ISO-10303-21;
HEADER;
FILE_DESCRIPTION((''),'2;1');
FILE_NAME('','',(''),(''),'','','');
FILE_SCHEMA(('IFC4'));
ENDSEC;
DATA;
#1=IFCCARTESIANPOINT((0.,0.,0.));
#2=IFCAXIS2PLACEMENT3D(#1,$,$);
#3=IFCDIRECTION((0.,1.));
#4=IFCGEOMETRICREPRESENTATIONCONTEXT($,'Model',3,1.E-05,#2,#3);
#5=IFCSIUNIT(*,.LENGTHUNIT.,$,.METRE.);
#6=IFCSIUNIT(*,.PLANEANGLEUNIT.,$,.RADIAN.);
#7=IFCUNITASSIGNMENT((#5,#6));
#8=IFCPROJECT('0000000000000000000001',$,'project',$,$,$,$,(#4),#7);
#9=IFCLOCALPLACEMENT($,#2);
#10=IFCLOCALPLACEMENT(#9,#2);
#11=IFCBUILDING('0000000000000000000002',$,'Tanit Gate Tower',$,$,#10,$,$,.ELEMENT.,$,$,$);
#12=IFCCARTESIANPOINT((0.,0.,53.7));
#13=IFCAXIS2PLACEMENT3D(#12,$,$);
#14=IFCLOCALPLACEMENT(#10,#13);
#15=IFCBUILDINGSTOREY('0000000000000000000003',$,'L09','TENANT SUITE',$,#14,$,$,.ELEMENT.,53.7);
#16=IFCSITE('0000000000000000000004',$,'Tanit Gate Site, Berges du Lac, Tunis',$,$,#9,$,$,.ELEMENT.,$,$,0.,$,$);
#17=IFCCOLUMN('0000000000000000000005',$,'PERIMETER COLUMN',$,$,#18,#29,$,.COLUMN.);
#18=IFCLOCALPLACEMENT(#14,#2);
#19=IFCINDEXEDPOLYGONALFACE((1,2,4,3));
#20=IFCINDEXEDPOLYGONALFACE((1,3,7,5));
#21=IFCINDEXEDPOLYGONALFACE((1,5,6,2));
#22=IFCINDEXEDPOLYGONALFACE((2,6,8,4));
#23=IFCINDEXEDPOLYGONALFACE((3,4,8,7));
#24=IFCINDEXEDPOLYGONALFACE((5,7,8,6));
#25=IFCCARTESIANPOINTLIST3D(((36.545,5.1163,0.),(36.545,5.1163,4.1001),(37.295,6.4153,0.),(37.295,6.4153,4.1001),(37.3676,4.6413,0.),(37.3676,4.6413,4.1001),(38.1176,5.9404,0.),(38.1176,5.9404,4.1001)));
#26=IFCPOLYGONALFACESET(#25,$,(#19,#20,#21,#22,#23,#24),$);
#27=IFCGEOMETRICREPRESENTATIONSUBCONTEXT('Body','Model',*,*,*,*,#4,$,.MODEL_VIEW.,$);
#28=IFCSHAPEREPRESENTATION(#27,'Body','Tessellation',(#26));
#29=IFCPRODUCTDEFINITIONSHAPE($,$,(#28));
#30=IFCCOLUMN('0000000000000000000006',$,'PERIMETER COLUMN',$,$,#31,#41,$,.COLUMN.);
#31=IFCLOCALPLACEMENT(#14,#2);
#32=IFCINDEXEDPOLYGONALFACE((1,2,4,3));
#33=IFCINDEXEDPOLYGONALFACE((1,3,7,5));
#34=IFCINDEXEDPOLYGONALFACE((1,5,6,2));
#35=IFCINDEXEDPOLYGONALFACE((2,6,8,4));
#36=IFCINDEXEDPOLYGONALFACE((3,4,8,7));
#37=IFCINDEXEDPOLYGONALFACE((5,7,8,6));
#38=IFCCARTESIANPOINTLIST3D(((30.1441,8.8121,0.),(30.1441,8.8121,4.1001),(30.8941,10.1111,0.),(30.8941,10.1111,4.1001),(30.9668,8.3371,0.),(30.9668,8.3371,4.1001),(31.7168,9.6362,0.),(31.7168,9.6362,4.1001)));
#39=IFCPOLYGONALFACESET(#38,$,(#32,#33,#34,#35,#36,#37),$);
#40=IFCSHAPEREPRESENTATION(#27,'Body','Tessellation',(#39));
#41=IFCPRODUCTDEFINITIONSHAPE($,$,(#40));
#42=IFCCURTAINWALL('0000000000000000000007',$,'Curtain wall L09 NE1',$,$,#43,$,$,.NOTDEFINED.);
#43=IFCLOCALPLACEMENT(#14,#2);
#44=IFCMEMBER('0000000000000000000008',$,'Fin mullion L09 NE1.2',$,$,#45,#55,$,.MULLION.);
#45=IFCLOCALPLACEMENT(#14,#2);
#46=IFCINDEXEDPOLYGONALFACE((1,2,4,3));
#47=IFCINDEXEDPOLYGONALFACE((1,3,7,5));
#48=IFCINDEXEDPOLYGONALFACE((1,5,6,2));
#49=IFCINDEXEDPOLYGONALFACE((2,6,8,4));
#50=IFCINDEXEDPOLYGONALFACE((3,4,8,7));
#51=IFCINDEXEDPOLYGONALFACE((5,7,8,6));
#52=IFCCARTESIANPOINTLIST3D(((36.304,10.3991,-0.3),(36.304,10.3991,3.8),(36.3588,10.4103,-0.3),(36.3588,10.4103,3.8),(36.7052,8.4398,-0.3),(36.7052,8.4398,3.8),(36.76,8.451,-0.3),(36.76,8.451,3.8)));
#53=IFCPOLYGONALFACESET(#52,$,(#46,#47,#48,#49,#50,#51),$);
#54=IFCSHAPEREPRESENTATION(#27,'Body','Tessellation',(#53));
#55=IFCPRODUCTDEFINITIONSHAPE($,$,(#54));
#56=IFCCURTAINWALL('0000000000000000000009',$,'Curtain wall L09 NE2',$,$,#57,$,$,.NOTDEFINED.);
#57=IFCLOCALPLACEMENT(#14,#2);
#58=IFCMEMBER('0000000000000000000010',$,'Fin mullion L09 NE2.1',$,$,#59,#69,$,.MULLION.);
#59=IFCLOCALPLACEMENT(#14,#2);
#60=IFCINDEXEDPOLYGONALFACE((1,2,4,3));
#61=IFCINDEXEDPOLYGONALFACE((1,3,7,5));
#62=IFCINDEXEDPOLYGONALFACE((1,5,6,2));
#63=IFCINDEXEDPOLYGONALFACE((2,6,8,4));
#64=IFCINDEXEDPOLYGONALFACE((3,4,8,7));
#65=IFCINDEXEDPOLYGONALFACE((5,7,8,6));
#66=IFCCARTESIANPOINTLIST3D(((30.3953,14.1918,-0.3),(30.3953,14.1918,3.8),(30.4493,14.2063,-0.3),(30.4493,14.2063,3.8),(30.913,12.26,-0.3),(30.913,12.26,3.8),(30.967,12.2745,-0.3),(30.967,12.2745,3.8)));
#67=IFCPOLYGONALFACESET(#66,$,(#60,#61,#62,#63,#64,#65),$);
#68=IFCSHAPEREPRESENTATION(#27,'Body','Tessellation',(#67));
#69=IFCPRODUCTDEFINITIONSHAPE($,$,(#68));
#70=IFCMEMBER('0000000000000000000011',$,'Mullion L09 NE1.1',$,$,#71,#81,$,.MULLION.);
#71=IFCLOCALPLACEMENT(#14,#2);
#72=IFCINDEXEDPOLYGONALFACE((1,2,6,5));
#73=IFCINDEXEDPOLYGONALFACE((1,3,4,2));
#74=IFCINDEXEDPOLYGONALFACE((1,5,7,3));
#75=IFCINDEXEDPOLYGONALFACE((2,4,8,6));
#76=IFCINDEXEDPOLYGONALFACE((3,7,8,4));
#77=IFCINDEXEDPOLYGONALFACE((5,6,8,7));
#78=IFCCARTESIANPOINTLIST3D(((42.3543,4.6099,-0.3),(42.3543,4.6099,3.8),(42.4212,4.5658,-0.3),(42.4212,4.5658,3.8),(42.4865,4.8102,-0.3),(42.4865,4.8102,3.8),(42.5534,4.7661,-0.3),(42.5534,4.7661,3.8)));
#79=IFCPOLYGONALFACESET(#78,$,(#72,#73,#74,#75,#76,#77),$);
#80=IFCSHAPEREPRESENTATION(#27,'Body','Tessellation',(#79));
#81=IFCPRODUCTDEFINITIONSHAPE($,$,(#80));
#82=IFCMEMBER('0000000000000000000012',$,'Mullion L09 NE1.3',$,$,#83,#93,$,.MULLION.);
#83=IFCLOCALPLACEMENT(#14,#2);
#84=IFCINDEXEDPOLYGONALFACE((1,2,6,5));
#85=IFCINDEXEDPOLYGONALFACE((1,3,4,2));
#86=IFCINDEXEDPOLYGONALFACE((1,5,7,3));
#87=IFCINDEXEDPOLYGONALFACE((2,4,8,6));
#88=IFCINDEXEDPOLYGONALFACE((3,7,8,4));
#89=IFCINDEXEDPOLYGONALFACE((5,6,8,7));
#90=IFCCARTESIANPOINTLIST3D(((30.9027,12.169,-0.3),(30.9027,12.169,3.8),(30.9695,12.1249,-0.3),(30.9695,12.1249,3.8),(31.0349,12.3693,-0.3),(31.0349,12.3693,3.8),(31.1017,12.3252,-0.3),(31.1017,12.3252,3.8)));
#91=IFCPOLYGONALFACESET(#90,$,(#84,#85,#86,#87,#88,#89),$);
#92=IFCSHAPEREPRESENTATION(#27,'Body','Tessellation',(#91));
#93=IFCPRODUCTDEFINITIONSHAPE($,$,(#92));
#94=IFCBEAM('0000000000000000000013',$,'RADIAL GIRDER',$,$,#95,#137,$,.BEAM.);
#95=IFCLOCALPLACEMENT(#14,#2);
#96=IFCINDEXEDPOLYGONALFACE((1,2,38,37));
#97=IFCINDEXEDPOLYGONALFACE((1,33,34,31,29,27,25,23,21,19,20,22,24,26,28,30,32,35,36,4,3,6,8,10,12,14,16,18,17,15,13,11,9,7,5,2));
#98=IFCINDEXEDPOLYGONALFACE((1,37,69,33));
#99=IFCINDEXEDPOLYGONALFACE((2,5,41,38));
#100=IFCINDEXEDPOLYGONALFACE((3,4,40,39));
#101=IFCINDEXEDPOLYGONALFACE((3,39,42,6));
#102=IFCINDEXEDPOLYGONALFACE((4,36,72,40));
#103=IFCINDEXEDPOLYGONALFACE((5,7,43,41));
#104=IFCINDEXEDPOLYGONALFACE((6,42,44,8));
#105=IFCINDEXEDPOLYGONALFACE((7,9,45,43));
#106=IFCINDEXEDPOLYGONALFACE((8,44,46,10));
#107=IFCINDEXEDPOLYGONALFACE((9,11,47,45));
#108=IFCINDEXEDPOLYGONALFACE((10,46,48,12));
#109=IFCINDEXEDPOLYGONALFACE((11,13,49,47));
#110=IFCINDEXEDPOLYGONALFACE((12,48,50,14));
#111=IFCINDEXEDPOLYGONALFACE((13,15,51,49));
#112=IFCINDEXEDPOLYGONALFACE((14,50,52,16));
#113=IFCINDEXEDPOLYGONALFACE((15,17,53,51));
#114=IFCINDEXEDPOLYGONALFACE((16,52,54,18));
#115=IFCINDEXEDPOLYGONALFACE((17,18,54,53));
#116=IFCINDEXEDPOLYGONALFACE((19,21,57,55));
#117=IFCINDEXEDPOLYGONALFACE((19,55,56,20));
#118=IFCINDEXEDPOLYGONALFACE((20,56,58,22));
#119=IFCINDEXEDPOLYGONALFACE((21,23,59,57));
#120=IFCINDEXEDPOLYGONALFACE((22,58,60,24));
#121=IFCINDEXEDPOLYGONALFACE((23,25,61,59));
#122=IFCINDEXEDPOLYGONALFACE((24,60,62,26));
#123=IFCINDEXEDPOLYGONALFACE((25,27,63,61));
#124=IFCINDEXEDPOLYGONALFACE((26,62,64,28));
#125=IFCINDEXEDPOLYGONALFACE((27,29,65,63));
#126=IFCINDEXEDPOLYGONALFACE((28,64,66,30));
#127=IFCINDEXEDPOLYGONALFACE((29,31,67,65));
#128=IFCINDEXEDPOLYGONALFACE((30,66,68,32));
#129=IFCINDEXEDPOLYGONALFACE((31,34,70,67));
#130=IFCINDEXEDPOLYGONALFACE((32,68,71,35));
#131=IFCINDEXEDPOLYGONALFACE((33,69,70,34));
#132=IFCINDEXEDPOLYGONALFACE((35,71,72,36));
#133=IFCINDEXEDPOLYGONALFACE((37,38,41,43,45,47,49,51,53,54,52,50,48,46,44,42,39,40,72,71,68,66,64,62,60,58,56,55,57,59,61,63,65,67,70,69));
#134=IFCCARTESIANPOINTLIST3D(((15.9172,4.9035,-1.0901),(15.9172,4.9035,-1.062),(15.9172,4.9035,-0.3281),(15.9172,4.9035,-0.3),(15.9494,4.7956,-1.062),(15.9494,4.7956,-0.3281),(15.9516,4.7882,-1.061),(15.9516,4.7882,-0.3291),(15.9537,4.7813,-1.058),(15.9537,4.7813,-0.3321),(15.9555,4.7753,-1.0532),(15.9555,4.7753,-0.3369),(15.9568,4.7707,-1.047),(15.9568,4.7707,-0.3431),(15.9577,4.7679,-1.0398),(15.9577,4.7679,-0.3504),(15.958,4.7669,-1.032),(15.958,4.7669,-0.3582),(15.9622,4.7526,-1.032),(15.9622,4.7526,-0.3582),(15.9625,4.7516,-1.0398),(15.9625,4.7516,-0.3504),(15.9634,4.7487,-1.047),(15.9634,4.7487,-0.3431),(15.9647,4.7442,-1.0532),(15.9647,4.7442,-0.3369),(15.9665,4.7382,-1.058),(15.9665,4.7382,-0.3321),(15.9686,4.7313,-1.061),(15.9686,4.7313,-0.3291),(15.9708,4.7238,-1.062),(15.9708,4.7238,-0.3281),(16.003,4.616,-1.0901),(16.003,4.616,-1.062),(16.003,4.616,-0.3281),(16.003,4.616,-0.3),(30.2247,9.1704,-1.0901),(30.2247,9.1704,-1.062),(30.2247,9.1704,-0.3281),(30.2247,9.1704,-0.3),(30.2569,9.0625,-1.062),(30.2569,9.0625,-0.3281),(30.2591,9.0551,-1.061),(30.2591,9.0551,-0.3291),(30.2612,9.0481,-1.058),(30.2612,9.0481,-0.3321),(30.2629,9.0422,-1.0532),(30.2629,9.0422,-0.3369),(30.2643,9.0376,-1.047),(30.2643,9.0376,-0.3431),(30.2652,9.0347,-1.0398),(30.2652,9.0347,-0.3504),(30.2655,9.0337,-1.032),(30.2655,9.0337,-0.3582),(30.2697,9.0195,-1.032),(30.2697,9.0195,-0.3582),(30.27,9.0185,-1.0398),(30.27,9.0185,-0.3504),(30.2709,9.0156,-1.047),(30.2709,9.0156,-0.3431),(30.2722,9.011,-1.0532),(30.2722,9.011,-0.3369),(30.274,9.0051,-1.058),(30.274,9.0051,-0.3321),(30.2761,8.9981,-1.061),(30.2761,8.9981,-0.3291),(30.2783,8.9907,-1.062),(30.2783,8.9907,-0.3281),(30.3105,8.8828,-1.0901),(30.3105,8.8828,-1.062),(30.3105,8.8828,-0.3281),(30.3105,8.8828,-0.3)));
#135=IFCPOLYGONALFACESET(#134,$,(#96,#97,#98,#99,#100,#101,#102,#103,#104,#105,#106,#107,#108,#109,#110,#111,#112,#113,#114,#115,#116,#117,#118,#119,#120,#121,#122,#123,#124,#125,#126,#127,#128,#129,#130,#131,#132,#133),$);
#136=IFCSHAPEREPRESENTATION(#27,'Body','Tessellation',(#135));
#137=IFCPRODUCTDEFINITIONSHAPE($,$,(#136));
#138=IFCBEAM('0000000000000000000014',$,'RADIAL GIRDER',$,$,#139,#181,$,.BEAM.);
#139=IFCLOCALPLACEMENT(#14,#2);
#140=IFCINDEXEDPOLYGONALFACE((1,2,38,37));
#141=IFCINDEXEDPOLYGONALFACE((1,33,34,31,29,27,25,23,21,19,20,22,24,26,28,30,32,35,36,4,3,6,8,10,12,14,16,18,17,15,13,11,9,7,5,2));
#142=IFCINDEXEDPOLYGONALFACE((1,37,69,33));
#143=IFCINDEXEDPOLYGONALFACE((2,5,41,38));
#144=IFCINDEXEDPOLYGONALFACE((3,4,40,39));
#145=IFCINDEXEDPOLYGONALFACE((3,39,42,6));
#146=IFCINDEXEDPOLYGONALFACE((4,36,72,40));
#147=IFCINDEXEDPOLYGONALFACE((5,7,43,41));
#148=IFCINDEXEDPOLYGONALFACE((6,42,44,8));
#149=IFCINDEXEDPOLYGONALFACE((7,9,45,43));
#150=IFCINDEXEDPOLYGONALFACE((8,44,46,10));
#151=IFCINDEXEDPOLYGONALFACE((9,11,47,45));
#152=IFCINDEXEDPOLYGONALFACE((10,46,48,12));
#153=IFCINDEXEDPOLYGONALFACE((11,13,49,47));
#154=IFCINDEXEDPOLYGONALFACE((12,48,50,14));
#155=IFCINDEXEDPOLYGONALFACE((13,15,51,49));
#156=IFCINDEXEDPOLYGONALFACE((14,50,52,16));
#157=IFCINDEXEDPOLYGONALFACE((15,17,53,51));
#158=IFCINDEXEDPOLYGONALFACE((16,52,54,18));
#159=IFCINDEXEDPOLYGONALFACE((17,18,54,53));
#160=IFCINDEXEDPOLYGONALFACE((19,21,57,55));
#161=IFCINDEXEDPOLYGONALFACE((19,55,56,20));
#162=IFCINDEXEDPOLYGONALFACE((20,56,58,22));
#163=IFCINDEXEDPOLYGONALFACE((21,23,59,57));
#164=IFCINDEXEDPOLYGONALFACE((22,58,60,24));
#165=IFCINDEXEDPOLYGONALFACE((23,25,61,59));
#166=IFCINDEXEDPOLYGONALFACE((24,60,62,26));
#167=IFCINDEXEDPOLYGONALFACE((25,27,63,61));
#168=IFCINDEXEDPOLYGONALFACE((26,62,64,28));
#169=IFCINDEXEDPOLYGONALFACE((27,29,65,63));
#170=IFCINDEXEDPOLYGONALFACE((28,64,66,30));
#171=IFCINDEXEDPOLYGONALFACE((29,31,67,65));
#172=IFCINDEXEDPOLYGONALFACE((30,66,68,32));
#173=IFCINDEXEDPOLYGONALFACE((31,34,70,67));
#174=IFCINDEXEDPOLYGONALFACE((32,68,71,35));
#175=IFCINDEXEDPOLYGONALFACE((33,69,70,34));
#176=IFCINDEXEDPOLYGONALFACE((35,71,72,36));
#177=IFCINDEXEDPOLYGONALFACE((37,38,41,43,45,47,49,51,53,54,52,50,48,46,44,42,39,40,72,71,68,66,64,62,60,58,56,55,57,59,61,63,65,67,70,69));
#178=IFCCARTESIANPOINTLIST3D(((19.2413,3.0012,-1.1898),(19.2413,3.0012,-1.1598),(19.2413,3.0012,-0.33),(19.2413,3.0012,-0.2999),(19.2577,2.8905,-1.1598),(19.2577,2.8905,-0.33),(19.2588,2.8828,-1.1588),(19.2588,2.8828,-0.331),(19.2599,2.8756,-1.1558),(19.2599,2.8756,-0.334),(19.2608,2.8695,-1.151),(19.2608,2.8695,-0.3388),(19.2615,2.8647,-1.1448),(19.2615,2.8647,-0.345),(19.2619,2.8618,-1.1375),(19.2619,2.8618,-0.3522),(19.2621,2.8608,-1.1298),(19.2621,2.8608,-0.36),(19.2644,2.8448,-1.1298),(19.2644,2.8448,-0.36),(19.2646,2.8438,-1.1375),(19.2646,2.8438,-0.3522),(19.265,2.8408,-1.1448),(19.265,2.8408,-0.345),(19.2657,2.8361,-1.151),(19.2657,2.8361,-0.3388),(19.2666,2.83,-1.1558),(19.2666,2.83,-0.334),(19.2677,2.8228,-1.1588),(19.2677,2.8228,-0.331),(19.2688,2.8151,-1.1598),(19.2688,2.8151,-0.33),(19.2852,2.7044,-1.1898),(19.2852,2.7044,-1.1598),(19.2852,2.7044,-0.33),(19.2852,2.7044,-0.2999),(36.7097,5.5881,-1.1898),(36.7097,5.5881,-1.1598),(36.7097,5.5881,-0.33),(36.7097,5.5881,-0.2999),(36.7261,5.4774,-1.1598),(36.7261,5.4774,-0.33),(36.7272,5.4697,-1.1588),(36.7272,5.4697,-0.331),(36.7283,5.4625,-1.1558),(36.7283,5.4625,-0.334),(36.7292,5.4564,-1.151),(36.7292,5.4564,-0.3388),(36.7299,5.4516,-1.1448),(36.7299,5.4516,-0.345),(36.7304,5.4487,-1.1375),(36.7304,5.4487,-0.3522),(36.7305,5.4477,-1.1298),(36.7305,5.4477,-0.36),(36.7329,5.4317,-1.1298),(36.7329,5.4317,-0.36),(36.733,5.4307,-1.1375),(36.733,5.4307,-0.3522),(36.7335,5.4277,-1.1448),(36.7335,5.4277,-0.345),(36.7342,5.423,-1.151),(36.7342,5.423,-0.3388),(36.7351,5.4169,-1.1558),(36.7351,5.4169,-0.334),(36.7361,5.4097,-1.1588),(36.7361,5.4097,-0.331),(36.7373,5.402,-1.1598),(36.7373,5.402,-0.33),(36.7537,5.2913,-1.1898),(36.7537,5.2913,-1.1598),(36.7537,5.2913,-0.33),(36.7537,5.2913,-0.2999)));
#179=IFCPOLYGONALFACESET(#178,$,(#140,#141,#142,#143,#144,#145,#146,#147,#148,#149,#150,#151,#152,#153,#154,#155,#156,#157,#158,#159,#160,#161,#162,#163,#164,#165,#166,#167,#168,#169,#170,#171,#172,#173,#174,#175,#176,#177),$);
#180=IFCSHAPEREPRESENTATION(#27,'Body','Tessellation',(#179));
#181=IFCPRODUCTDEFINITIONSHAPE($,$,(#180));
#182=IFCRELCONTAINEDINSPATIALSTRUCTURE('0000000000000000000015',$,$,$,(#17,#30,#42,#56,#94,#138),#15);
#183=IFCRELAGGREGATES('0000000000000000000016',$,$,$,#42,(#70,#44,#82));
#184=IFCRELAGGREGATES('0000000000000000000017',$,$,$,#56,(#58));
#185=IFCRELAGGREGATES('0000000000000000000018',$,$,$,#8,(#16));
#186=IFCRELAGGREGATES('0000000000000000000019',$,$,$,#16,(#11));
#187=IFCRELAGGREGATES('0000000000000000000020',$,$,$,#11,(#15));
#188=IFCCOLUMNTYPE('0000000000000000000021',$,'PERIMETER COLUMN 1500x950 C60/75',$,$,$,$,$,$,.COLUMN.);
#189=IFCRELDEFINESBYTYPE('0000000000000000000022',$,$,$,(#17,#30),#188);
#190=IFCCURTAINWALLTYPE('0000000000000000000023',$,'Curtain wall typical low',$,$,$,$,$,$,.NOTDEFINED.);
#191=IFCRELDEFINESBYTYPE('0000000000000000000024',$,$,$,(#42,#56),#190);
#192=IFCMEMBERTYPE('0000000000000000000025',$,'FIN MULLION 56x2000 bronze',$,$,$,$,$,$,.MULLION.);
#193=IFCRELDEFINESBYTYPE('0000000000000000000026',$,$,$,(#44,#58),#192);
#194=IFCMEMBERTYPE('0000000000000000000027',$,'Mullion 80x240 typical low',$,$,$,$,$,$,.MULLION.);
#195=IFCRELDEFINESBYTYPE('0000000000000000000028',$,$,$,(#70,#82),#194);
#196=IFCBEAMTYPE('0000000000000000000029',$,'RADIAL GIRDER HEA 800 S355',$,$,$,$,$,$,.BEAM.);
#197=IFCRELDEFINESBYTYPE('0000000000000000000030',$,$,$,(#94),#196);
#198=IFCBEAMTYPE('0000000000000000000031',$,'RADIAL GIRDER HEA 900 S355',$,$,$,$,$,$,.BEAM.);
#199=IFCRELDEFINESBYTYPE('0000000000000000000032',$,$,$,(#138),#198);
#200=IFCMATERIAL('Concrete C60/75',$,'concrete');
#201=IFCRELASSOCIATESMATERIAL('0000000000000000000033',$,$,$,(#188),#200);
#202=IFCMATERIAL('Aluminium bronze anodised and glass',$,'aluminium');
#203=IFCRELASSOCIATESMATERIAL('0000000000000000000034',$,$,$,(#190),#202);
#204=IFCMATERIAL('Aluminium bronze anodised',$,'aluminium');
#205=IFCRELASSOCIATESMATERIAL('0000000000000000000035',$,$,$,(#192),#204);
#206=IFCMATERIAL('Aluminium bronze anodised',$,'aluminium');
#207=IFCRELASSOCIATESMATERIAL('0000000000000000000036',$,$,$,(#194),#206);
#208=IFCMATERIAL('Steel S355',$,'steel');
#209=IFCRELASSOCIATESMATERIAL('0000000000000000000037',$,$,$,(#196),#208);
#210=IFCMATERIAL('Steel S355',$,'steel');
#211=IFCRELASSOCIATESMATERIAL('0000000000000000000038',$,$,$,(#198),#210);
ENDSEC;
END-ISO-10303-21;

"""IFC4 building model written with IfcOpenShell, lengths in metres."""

from ifc_helpers import new_model, si_unit, direction, frame, origin, origin_2d, place, context, subcontext, project, spatial, rectangle, i_section, extrude, material, material_profile, profile_set, type_object, element, aggregate, save


model = new_model("IFC4")

# Units and contexts
model_context = context("Model", 3, precision=1e-05, world=origin(), true_north=direction((0.0, 1.0)))
body_context = subcontext(model_context, "Body", "Model", "MODEL_VIEW")
ifc_project = project(units=[si_unit("LENGTHUNIT", "METRE"), si_unit("PLANEANGLEUNIT", "RADIAN")], contexts=[model_context])

# Site, building, storey
site_placement = place(None, origin())
site = spatial("IfcSite", under=ifc_project, at=site_placement, Name="Tanit Gate Site, Berges du Lac, Tunis", CompositionType="ELEMENT", RefElevation=0.0)
building_placement = place(site_placement, origin())
building = spatial("IfcBuilding", under=site, at=building_placement, Name="Tanit Gate Tower", CompositionType="ELEMENT")
storey_placement = place(building_placement, frame((0.0, 0.0, 53.7)))
storey = spatial("IfcBuildingStorey", under=building, at=storey_placement, Name="L09", Description="TENANT SUITE", CompositionType="ELEMENT", Elevation=53.7)

# Columns
ifc_material_1 = material(Name="Concrete C60/75", Category="concrete")
ifc_material_profile_1 = material_profile(ifc_material_1, rectangle(XDim=1.5, YDim=0.95, at=origin_2d()), Name="RC 1500x950")
ifc_profile_set_1 = profile_set([ifc_material_profile_1], Name="Concrete C60/75")
column_type = type_object("IfcColumnType", Name="PERIMETER COLUMN 1500x950 C60/75", PredefinedType="COLUMN", material=ifc_profile_set_1)
for number, where, z_axis, x_axis, name in (
    (1, (37.3313, 5.5283, 0.0), (0.0, 0.0, 1.0), (0.5, 0.866025, 0.0), "PERIMETER COLUMN"),
    (2, (30.9304, 9.2241, 0.0), (0.0, 0.0, 1.0), (0.5, 0.866025, 0.0), "PERIMETER COLUMN"),
):
    element("IfcColumn", number, at=place(storey_placement, frame(where, z_axis=z_axis, x_axis=x_axis)), inside=storey, type_object=column_type, Name=name, PredefinedType="COLUMN", context=body_context, shape_type="SweptSolid", body=[
        extrude(rectangle(XDim=1.5, YDim=0.95, at=origin_2d()), origin(), (0.0, 0.0, 1.0), 4.1001),
    ])

# Curtain walls, members
ifc_material_2 = material(Name="Aluminium bronze anodised and glass", Category="aluminium")
curtain_wall_type = type_object("IfcCurtainWallType", Name="Curtain wall typical low", PredefinedType="NOTDEFINED", material=ifc_material_2)
curtain_wall_1_placement = place(storey_placement, origin())
curtain_wall_1 = element("IfcCurtainWall", 3, at=curtain_wall_1_placement, inside=storey, type_object=curtain_wall_type, Name="Curtain wall L09 NE1", PredefinedType="NOTDEFINED")
ifc_material_3 = material(Name="Aluminium bronze anodised", Category="aluminium")
ifc_material_profile_2 = material_profile(ifc_material_3, rectangle(XDim=2.0, YDim=0.0559, at=origin_2d()), Name="56x2000 bronze fin mullion")
ifc_profile_set_2 = profile_set([ifc_material_profile_2], Name="Aluminium bronze anodised")
member_type_1 = type_object("IfcMemberType", Name="FIN MULLION 56x2000 bronze", PredefinedType="MULLION", material=ifc_profile_set_2)
member_1_placement = place(storey_placement, frame((36.532, 9.425, -0.3), z_axis=(0.0, 0.0, 1.0), x_axis=(0.200582, -0.979677, 0.0)))
member_1 = element("IfcMember", 4, at=member_1_placement, type_object=member_type_1, Name="Fin mullion L09 NE1.2", PredefinedType="MULLION", context=body_context, shape_type="SweptSolid", body=[
    extrude(rectangle(XDim=2.0, YDim=0.0559, at=origin_2d()), origin(), (0.0, 0.0, 1.0), 4.1001),
])
curtain_wall_2_placement = place(storey_placement, origin())
curtain_wall_2 = element("IfcCurtainWall", 5, at=curtain_wall_2_placement, inside=storey, type_object=curtain_wall_type, Name="Curtain wall L09 NE2", PredefinedType="NOTDEFINED")
member_2_placement = place(storey_placement, frame((30.6812, 13.2332, -0.3), z_axis=(0.0, 0.0, 1.0), x_axis=(0.258886, -0.965908, 0.0)))
member_2 = element("IfcMember", 6, at=member_2_placement, type_object=member_type_1, Name="Fin mullion L09 NE2.1", PredefinedType="MULLION", context=body_context, shape_type="SweptSolid", body=[
    extrude(rectangle(XDim=2.0, YDim=0.0559, at=origin_2d()), origin(), (0.0, 0.0, 1.0), 4.1001),
])

# Members
ifc_material_4 = material(Name="Aluminium bronze anodised", Category="aluminium")
ifc_material_profile_3 = material_profile(ifc_material_4, rectangle(XDim=0.24, YDim=0.0801, at=origin_2d()), Name="80x240 bronze mullion")
ifc_profile_set_3 = profile_set([ifc_material_profile_3], Name="Aluminium bronze anodised")
member_type_2 = type_object("IfcMemberType", Name="Mullion 80x240 typical low", PredefinedType="MULLION", material=ifc_profile_set_3)
member_3_placement = place(storey_placement, frame((42.4539, 4.688, -0.3), z_axis=(0.0, 0.0, 1.0), x_axis=(-0.550903, -0.834569, 0.0)))
member_3 = element("IfcMember", 7, at=member_3_placement, type_object=member_type_2, Name="Mullion L09 NE1.1", PredefinedType="MULLION", context=body_context, shape_type="SweptSolid", body=[
    extrude(rectangle(XDim=0.24, YDim=0.0801, at=origin_2d()), origin(), (0.0, 0.0, 1.0), 4.1001),
])
member_4_placement = place(storey_placement, frame((31.0022, 12.2471, -0.3), z_axis=(0.0, 0.0, 1.0), x_axis=(-0.550903, -0.834569, 0.0)))
member_4 = element("IfcMember", 8, at=member_4_placement, type_object=member_type_2, Name="Mullion L09 NE1.3", PredefinedType="MULLION", context=body_context, shape_type="SweptSolid", body=[
    extrude(rectangle(XDim=0.24, YDim=0.0801, at=origin_2d()), origin(), (0.0, 0.0, 1.0), 4.1001),
])

# Beams
ifc_material_5 = material(Name="Steel S355", Category="steel")
ifc_material_profile_4 = material_profile(ifc_material_5, i_section(OverallWidth=0.3, OverallDepth=0.79, WebThickness=0.0149, FlangeThickness=0.0281, FilletRadius=0.03, at=origin_2d()), Name="HEA 800")
ifc_profile_set_4 = profile_set([ifc_material_profile_4], Name="Steel S355")
beam_type_1 = type_object("IfcBeamType", Name="RADIAL GIRDER HEA 800 S355", PredefinedType="BEAM", material=ifc_profile_set_4)
beam_1_placement = place(storey_placement, frame((30.2676, 9.0266, -0.6951), z_axis=(-0.958293, -0.285789, 0.0), x_axis=(0.285789, -0.958293, 0.0)))
element("IfcBeam", 9, at=beam_1_placement, inside=storey, type_object=beam_type_1, Name="RADIAL GIRDER", PredefinedType="BEAM", context=body_context, shape_type="SweptSolid", body=[
    extrude(i_section(OverallWidth=0.3, OverallDepth=0.79, WebThickness=0.0149, FlangeThickness=0.0281, FilletRadius=0.03, at=origin_2d()), origin(), (0.0, 0.0, 1.0), 14.9302),
])
ifc_material_6 = material(Name="Steel S355", Category="steel")
ifc_material_profile_5 = material_profile(ifc_material_6, i_section(OverallWidth=0.3, OverallDepth=0.8899, WebThickness=0.0161, FlangeThickness=0.03, FilletRadius=0.03, at=origin_2d()), Name="HEA 900")
ifc_profile_set_5 = profile_set([ifc_material_profile_5], Name="Steel S355")
beam_type_2 = type_object("IfcBeamType", Name="RADIAL GIRDER HEA 900 S355", PredefinedType="BEAM", material=ifc_profile_set_5)
beam_2_placement = place(storey_placement, frame((36.7317, 5.4397, -0.7449), z_axis=(-0.989212, -0.146493, 0.0), x_axis=(0.146493, -0.989212, 0.0)))
element("IfcBeam", 10, at=beam_2_placement, inside=storey, type_object=beam_type_2, Name="RADIAL GIRDER", PredefinedType="BEAM", context=body_context, shape_type="SweptSolid", body=[
    extrude(i_section(OverallWidth=0.3, OverallDepth=0.8899, WebThickness=0.0161, FlangeThickness=0.03, FilletRadius=0.03, at=origin_2d()), origin(), (0.0, 0.0, 1.0), 17.6589),
])

aggregate(curtain_wall_1, [member_3, member_1, member_4])
aggregate(curtain_wall_2, [member_2])

save(model, "model.ifc")
